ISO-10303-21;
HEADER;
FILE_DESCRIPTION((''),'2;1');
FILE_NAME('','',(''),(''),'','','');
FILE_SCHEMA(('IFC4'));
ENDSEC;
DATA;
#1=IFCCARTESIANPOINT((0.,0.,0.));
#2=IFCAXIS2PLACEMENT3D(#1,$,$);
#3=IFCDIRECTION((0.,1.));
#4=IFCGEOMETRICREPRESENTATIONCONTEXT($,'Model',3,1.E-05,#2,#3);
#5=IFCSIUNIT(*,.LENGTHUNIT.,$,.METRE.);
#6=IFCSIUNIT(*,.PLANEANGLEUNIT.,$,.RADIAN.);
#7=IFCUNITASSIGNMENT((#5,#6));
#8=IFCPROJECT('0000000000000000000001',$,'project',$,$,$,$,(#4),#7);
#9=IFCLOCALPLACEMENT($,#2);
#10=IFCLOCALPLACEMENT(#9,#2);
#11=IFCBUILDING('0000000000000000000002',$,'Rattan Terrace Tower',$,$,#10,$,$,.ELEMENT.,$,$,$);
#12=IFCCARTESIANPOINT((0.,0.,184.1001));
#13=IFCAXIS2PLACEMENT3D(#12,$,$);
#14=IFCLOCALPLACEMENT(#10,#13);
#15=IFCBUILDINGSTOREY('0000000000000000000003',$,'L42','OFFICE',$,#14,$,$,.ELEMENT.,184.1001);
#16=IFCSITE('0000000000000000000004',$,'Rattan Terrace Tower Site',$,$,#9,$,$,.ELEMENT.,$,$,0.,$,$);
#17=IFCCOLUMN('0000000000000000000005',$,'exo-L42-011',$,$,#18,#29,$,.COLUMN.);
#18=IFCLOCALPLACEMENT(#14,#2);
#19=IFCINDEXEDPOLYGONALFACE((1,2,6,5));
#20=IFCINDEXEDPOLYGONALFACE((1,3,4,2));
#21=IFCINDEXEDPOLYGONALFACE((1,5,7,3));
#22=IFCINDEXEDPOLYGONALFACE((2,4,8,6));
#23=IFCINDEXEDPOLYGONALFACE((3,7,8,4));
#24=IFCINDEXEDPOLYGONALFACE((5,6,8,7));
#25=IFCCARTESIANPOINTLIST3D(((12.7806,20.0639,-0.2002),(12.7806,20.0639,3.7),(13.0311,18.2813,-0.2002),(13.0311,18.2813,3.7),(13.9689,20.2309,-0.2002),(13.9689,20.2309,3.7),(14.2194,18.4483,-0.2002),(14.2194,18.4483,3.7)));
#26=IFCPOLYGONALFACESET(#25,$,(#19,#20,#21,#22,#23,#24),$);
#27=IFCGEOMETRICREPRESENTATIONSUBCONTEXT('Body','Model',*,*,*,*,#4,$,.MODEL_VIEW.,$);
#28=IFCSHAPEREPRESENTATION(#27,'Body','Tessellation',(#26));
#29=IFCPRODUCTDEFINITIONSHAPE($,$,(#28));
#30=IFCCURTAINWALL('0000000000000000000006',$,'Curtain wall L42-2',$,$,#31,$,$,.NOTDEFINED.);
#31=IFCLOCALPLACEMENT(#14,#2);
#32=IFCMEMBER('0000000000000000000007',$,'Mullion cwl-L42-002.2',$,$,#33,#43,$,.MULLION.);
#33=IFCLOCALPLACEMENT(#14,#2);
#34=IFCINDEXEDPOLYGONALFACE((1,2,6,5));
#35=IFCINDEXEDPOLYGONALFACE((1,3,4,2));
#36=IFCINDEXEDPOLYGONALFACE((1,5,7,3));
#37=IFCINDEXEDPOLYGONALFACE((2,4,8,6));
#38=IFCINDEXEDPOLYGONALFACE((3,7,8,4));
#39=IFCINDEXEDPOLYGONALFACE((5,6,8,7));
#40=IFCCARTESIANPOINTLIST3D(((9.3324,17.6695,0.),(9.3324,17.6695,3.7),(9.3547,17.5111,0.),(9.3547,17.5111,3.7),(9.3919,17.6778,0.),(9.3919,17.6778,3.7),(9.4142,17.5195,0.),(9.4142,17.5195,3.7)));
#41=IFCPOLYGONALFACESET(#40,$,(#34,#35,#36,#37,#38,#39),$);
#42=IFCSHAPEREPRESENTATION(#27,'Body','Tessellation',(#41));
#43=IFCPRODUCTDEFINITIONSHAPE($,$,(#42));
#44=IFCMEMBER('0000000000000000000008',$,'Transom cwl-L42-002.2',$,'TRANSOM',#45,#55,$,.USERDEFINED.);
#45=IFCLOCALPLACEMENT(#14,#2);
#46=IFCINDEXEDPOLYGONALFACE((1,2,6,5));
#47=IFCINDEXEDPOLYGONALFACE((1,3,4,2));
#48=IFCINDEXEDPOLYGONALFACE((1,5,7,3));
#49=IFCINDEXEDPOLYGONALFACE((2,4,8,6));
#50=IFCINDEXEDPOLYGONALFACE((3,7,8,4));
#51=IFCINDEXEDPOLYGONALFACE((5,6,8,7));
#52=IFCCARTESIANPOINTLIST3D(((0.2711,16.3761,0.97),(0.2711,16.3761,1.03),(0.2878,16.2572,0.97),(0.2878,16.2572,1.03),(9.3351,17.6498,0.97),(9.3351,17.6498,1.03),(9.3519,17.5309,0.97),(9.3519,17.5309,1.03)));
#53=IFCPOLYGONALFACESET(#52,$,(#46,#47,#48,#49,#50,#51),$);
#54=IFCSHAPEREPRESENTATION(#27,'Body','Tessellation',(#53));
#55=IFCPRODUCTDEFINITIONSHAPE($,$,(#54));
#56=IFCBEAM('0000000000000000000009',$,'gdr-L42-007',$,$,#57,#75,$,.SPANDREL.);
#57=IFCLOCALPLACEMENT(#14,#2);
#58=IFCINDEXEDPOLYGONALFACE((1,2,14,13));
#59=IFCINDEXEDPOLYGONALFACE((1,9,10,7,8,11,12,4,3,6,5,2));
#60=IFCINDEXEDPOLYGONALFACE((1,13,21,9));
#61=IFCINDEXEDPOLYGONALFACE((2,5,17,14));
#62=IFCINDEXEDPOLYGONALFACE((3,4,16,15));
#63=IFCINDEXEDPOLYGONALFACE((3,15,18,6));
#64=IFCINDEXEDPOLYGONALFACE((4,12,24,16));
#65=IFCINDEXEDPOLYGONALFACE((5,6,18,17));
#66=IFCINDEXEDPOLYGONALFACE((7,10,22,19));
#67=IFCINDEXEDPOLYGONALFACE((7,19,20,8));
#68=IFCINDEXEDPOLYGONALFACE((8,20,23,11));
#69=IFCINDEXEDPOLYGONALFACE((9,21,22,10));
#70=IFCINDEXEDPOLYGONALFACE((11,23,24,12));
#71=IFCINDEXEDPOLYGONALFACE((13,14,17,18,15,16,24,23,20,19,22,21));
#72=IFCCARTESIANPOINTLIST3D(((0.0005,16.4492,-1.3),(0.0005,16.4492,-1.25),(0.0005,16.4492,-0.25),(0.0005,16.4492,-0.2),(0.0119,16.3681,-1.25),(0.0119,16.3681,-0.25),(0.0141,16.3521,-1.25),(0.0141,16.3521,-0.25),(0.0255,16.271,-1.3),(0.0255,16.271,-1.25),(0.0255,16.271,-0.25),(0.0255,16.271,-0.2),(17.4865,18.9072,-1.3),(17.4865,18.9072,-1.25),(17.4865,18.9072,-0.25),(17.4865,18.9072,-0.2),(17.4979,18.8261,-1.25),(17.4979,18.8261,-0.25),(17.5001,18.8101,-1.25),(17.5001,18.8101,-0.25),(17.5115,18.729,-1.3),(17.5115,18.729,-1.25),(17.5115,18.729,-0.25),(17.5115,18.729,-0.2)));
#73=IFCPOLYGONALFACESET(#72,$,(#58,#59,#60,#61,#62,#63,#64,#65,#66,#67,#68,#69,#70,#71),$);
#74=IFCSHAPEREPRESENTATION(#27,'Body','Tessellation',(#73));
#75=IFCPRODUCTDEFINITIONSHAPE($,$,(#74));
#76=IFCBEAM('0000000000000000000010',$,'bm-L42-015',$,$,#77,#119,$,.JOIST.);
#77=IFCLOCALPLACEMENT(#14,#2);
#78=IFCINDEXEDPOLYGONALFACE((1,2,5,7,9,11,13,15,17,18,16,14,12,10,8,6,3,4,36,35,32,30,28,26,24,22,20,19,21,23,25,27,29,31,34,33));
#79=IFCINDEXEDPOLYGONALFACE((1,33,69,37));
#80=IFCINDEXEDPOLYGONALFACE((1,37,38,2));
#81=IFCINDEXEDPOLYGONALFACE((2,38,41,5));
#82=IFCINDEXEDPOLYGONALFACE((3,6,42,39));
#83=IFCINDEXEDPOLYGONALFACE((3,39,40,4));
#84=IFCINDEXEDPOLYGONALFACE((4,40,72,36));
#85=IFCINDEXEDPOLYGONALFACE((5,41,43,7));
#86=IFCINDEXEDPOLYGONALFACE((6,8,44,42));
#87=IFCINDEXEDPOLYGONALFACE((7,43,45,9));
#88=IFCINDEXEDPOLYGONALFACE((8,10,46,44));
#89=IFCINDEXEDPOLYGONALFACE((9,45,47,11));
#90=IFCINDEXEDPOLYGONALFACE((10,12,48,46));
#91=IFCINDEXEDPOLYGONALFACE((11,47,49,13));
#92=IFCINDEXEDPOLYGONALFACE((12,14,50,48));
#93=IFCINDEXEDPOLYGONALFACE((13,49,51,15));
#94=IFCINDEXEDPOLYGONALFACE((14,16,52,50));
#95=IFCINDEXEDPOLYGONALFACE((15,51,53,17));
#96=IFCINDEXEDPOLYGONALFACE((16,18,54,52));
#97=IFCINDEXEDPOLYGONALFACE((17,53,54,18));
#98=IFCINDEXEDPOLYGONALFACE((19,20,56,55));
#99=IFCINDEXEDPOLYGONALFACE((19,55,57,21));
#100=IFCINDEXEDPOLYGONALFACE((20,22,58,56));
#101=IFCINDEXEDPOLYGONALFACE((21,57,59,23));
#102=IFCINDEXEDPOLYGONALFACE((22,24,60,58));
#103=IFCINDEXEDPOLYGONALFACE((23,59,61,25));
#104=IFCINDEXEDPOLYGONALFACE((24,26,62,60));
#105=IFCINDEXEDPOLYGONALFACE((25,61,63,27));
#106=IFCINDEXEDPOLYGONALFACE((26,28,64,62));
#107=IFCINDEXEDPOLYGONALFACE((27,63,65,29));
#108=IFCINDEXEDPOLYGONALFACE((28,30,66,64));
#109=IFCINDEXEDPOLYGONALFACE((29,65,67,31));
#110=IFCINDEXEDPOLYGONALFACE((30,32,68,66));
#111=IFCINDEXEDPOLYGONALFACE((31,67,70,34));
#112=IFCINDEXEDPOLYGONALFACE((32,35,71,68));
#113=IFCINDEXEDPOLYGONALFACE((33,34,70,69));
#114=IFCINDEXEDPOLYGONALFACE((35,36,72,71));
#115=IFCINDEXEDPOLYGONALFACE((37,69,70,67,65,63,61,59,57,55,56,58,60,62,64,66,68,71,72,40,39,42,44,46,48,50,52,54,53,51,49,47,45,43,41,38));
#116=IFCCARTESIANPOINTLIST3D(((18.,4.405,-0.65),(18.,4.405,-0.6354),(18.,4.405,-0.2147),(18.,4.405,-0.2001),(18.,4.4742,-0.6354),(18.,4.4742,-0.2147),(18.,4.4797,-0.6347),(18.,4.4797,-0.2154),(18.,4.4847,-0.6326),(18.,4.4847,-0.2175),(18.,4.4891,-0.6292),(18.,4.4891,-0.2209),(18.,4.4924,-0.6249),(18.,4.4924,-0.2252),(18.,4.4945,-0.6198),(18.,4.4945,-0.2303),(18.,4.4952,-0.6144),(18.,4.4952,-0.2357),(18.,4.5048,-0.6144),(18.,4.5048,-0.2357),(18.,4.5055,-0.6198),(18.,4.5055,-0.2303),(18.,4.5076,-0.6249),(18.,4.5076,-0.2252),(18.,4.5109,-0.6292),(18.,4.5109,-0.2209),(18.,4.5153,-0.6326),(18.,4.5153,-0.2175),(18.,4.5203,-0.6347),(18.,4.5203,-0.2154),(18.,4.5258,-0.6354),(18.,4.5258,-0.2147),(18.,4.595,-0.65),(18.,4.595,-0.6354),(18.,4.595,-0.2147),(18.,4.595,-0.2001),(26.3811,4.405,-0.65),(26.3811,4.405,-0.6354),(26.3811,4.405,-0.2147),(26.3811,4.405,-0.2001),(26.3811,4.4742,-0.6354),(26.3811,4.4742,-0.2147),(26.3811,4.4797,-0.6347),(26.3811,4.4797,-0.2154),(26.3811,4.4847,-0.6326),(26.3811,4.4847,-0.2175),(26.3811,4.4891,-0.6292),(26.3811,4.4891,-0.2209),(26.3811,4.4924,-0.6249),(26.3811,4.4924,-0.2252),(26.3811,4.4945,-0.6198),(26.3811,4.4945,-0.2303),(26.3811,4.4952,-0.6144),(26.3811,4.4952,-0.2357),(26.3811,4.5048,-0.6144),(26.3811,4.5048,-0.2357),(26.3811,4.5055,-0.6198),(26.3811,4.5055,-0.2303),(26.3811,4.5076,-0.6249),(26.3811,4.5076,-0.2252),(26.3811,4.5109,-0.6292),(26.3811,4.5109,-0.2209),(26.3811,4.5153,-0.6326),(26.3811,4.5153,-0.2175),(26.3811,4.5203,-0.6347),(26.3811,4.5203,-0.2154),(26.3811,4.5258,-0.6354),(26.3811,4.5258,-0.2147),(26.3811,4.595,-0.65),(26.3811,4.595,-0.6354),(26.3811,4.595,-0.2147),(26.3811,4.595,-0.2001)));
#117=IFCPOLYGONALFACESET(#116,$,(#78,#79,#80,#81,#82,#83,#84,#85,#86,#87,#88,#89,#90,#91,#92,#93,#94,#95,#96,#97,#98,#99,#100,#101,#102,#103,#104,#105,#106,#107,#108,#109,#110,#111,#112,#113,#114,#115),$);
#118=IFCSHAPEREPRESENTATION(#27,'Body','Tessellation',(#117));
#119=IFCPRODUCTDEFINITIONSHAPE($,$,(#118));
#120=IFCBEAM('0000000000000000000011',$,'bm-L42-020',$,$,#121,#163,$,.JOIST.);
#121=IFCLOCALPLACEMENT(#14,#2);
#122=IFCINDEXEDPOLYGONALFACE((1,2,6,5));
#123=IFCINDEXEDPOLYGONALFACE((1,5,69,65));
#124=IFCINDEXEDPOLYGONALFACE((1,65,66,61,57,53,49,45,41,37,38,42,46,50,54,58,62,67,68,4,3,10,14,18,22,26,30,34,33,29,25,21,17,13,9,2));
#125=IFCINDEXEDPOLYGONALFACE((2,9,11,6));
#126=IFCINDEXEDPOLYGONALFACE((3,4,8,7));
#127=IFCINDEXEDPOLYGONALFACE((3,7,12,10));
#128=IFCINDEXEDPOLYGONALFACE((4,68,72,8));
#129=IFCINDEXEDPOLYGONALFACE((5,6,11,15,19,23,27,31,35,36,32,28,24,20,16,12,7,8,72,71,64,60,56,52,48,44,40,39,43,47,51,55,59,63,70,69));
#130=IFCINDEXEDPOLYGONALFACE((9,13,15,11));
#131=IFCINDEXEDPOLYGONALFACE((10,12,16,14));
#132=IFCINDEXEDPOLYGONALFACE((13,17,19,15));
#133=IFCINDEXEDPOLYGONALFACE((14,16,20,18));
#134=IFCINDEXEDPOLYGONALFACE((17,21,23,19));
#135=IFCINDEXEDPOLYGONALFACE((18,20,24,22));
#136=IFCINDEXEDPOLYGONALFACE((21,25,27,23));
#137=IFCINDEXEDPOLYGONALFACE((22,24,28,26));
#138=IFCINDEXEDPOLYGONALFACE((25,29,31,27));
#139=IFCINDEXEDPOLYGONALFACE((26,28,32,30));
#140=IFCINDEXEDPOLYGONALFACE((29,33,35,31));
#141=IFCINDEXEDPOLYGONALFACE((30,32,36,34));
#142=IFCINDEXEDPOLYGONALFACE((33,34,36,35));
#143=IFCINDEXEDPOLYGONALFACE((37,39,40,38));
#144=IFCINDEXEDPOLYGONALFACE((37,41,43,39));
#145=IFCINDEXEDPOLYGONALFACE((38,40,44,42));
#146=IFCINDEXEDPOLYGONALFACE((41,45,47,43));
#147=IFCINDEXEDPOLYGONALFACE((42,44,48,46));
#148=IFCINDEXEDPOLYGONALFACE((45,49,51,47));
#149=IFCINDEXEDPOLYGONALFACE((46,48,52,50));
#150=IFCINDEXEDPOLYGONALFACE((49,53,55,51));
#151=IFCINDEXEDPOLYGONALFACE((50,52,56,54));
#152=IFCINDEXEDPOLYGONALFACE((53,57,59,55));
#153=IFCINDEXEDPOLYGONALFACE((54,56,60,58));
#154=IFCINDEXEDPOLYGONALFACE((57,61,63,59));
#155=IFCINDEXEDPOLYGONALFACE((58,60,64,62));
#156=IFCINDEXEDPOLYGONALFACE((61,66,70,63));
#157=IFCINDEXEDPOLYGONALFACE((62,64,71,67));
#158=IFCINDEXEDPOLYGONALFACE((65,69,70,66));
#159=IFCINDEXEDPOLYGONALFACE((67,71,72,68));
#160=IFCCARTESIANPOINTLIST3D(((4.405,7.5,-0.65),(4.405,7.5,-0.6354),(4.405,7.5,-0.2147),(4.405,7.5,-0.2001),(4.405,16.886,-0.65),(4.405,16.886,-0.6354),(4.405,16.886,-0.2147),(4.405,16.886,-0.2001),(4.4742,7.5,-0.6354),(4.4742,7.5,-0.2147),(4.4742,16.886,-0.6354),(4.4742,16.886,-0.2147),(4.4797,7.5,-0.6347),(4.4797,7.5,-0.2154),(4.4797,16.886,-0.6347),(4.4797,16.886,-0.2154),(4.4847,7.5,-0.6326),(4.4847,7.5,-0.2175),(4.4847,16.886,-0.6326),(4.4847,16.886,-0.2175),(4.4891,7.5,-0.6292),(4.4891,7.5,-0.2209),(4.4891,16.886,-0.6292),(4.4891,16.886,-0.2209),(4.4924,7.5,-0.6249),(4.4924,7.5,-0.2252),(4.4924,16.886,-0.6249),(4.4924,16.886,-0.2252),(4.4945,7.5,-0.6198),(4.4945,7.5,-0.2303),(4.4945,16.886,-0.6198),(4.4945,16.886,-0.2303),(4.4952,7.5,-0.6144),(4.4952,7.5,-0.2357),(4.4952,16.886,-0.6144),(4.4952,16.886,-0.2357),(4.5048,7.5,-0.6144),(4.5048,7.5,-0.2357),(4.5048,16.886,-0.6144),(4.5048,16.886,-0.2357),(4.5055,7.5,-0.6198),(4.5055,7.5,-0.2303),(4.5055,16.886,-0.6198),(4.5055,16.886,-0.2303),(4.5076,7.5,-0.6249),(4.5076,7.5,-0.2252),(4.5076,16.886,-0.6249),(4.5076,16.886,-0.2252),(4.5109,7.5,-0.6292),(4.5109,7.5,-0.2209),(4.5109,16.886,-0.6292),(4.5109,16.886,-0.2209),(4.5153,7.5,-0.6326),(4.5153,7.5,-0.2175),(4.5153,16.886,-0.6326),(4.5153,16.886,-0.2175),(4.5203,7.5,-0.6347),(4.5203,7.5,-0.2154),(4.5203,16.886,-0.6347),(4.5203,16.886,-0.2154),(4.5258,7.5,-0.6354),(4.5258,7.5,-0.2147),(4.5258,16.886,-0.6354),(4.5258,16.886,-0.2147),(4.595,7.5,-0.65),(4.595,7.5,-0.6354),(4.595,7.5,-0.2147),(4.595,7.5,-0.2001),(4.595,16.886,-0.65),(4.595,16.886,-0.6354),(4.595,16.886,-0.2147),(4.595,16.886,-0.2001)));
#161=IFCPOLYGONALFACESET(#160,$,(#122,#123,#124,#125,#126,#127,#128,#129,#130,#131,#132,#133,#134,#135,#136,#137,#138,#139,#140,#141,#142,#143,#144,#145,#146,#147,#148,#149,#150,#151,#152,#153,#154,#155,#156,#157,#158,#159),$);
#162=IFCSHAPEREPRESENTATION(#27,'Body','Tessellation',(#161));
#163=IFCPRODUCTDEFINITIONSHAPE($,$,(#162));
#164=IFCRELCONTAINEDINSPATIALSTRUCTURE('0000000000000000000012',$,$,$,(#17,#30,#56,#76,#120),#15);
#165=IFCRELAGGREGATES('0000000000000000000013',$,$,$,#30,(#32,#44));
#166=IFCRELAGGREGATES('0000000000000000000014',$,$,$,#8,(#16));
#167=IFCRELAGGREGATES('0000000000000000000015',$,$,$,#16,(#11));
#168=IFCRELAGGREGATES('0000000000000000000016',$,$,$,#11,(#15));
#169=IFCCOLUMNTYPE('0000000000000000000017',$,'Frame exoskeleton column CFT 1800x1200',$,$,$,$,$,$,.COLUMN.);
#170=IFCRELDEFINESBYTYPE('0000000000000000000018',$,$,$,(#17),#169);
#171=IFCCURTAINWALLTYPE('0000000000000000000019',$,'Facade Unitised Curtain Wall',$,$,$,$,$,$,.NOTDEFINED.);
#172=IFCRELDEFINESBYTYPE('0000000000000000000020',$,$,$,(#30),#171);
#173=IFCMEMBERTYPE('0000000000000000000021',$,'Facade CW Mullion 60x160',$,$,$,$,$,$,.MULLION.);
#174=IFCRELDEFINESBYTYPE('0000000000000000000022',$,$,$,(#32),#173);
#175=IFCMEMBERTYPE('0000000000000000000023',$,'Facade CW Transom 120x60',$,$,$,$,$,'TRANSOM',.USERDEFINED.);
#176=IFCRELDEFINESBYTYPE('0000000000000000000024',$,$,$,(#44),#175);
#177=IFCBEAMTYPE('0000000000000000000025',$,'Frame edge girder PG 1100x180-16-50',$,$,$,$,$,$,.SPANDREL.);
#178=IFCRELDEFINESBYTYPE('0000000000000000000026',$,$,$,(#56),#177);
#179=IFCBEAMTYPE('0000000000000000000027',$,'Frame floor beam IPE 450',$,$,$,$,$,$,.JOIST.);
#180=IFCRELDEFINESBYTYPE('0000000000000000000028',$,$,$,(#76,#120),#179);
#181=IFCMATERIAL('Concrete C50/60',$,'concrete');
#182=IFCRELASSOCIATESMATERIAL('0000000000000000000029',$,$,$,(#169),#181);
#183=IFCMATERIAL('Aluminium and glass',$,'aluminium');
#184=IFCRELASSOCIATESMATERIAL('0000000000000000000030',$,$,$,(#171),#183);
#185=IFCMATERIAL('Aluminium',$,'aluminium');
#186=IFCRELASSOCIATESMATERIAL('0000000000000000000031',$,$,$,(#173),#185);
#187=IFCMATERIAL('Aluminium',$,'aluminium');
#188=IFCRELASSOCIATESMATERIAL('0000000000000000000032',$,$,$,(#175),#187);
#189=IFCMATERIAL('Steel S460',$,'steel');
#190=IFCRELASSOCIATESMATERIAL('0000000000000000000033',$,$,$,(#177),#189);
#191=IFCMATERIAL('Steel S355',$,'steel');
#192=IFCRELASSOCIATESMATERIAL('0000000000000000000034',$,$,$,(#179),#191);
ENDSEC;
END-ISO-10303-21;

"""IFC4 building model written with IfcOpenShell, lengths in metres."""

from ifc_helpers import new_model, si_unit, direction, frame, origin, origin_2d, place, context, subcontext, project, spatial, rectangle, i_section, extrude, material, material_profile, profile_set, type_object, element, aggregate, save


model = new_model("IFC4")

# Units and contexts
model_context = context("Model", 3, precision=1e-05, world=origin(), true_north=direction((0.0, 1.0)))
body_context = subcontext(model_context, "Body", "Model", "MODEL_VIEW")
ifc_project = project(units=[si_unit("LENGTHUNIT", "METRE"), si_unit("PLANEANGLEUNIT", "RADIAN")], contexts=[model_context])

# Site, building, storey
site_placement = place(None, origin())
site = spatial("IfcSite", under=ifc_project, at=site_placement, Name="Rattan Terrace Tower Site", CompositionType="ELEMENT", RefElevation=0.0)
building_placement = place(site_placement, origin())
building = spatial("IfcBuilding", under=site, at=building_placement, Name="Rattan Terrace Tower", CompositionType="ELEMENT")
storey_placement = place(building_placement, frame((0.0, 0.0, 184.1001)))
storey = spatial("IfcBuildingStorey", under=building, at=storey_placement, Name="L42", Description="OFFICE", CompositionType="ELEMENT", Elevation=184.1001)

# Column
ifc_material_1 = material(Name="Concrete C50/60", Category="concrete")
ifc_material_profile_1 = material_profile(ifc_material_1, rectangle(XDim=1.2, YDim=1.8, at=origin_2d()), Name="CFT 1800x1200")
ifc_profile_set_1 = profile_set([ifc_material_profile_1], Name="Concrete C50/60")
column_type = type_object("IfcColumnType", Name="Frame exoskeleton column CFT 1800x1200", PredefinedType="COLUMN", material=ifc_profile_set_1)
column_placement = place(storey_placement, frame((13.5, 19.2561, -0.2002), z_axis=(0.0, 0.0, 1.0), x_axis=(0.99027, 0.139156, 0.0)))
element("IfcColumn", 1, at=column_placement, inside=storey, type_object=column_type, Name="exo-L42-011", PredefinedType="COLUMN", context=body_context, shape_type="SweptSolid", body=[
    extrude(rectangle(XDim=1.2, YDim=1.8, at=origin_2d()), origin(), (0.0, 0.0, 1.0), 3.9001),
])

# Curtain wall, members
ifc_material_2 = material(Name="Aluminium and glass", Category="aluminium")
curtain_wall_type = type_object("IfcCurtainWallType", Name="Facade Unitised Curtain Wall", PredefinedType="NOTDEFINED", material=ifc_material_2)
curtain_wall_placement = place(storey_placement, origin())
curtain_wall = element("IfcCurtainWall", 2, at=curtain_wall_placement, inside=storey, type_object=curtain_wall_type, Name="Curtain wall L42-2", PredefinedType="NOTDEFINED")
ifc_material_3 = material(Name="Aluminium", Category="aluminium")
ifc_material_profile_2 = material_profile(ifc_material_3, rectangle(XDim=0.0601, YDim=0.1599, at=origin_2d()), Name="Aluminium 60x160")
ifc_profile_set_2 = profile_set([ifc_material_profile_2], Name="Aluminium")
member_type_1 = type_object("IfcMemberType", Name="Facade CW Mullion 60x160", PredefinedType="MULLION", material=ifc_profile_set_2)
member_1_placement = place(storey_placement, frame((9.3733, 17.5945, 0.0), z_axis=(0.0, 0.0, 1.0), x_axis=(-0.99027, -0.139161, 0.0)))
member_1 = element("IfcMember", 3, at=member_1_placement, type_object=member_type_1, Name="Mullion cwl-L42-002.2", PredefinedType="MULLION", context=body_context, shape_type="SweptSolid", body=[
    extrude(rectangle(XDim=0.0601, YDim=0.1599, at=origin_2d()), origin(), (0.0, 0.0, 1.0), 3.7),
])
ifc_material_4 = material(Name="Aluminium", Category="aluminium")
ifc_material_profile_3 = material_profile(ifc_material_4, rectangle(XDim=0.1201, YDim=0.0601, at=origin_2d()), Name="Aluminium 120x60")
ifc_profile_set_3 = profile_set([ifc_material_profile_3], Name="Aluminium")
member_type_2 = type_object("IfcMemberType", Name="Facade CW Transom 120x60", ElementType="TRANSOM", PredefinedType="USERDEFINED", material=ifc_profile_set_3)
member_2_placement = place(storey_placement, frame((9.3435, 17.5903, 1.0), z_axis=(-0.990271, -0.139154, 0.0), x_axis=(0.139154, -0.990271, 0.0)))
member_2 = element("IfcMember", 4, at=member_2_placement, type_object=member_type_2, Name="Transom cwl-L42-002.2", ObjectType="TRANSOM", PredefinedType="USERDEFINED", context=body_context, shape_type="SweptSolid", body=[
    extrude(rectangle(XDim=0.1201, YDim=0.0601, at=origin_2d()), origin(), (0.0, 0.0, 1.0), 9.1531),
])

# Beams
ifc_material_5 = material(Name="Steel S460", Category="steel")
ifc_material_profile_4 = material_profile(ifc_material_5, i_section(OverallWidth=0.1799, OverallDepth=1.1001, WebThickness=0.0161, FlangeThickness=0.05, at=origin_2d()), Name="PG 1100x180-16-50")
ifc_profile_set_4 = profile_set([ifc_material_profile_4], Name="Steel S460")
beam_type_1 = type_object("IfcBeamType", Name="Frame edge girder PG 1100x180-16-50", PredefinedType="SPANDREL", material=ifc_profile_set_4)
beam_1_placement = place(storey_placement, frame((17.499, 18.8181, -0.75), z_axis=(-0.990264, -0.139201, 0.0), x_axis=(0.139201, -0.990264, 0.0)))
element("IfcBeam", 5, at=beam_1_placement, inside=storey, type_object=beam_type_1, Name="gdr-L42-007", PredefinedType="SPANDREL", context=body_context, shape_type="SweptSolid", body=[
    extrude(i_section(OverallWidth=0.1799, OverallDepth=1.1001, WebThickness=0.0161, FlangeThickness=0.05, at=origin_2d()), origin(), (0.0, 0.0, 1.0), 17.658),
])
ifc_material_6 = material(Name="Steel S355", Category="steel")
ifc_material_profile_5 = material_profile(ifc_material_6, i_section(OverallWidth=0.1899, OverallDepth=0.45, WebThickness=0.0095, FlangeThickness=0.0146, FilletRadius=0.021, at=origin_2d()), Name="IPE 450")
ifc_profile_set_5 = profile_set([ifc_material_profile_5], Name="Steel S355")
beam_type_2 = type_object("IfcBeamType", Name="Frame floor beam IPE 450", PredefinedType="JOIST", material=ifc_profile_set_5)
beam_2_placement = place(storey_placement, frame((18.0, 4.5, -0.425), z_axis=(1.0, 0.0, 0.0), x_axis=(0.0, 1.0, 0.0)))
element("IfcBeam", 6, at=beam_2_placement, inside=storey, type_object=beam_type_2, Name="bm-L42-015", PredefinedType="JOIST", context=body_context, shape_type="SweptSolid", body=[
    extrude(i_section(OverallWidth=0.1899, OverallDepth=0.45, WebThickness=0.0095, FlangeThickness=0.0146, FilletRadius=0.021, at=origin_2d()), origin(), (0.0, 0.0, 1.0), 8.3811),
])
beam_3_placement = place(storey_placement, frame((4.5, 7.5, -0.425), z_axis=(0.0, 1.0, 0.0), x_axis=(-1.0, 0.0, 0.0)))
element("IfcBeam", 7, at=beam_3_placement, inside=storey, type_object=beam_type_2, Name="bm-L42-020", PredefinedType="JOIST", context=body_context, shape_type="SweptSolid", body=[
    extrude(i_section(OverallWidth=0.1899, OverallDepth=0.45, WebThickness=0.0095, FlangeThickness=0.0146, FilletRadius=0.021, at=origin_2d()), origin(), (0.0, 0.0, 1.0), 9.386),
])

aggregate(curtain_wall, [member_1, member_2])

save(model, "model.ifc")
